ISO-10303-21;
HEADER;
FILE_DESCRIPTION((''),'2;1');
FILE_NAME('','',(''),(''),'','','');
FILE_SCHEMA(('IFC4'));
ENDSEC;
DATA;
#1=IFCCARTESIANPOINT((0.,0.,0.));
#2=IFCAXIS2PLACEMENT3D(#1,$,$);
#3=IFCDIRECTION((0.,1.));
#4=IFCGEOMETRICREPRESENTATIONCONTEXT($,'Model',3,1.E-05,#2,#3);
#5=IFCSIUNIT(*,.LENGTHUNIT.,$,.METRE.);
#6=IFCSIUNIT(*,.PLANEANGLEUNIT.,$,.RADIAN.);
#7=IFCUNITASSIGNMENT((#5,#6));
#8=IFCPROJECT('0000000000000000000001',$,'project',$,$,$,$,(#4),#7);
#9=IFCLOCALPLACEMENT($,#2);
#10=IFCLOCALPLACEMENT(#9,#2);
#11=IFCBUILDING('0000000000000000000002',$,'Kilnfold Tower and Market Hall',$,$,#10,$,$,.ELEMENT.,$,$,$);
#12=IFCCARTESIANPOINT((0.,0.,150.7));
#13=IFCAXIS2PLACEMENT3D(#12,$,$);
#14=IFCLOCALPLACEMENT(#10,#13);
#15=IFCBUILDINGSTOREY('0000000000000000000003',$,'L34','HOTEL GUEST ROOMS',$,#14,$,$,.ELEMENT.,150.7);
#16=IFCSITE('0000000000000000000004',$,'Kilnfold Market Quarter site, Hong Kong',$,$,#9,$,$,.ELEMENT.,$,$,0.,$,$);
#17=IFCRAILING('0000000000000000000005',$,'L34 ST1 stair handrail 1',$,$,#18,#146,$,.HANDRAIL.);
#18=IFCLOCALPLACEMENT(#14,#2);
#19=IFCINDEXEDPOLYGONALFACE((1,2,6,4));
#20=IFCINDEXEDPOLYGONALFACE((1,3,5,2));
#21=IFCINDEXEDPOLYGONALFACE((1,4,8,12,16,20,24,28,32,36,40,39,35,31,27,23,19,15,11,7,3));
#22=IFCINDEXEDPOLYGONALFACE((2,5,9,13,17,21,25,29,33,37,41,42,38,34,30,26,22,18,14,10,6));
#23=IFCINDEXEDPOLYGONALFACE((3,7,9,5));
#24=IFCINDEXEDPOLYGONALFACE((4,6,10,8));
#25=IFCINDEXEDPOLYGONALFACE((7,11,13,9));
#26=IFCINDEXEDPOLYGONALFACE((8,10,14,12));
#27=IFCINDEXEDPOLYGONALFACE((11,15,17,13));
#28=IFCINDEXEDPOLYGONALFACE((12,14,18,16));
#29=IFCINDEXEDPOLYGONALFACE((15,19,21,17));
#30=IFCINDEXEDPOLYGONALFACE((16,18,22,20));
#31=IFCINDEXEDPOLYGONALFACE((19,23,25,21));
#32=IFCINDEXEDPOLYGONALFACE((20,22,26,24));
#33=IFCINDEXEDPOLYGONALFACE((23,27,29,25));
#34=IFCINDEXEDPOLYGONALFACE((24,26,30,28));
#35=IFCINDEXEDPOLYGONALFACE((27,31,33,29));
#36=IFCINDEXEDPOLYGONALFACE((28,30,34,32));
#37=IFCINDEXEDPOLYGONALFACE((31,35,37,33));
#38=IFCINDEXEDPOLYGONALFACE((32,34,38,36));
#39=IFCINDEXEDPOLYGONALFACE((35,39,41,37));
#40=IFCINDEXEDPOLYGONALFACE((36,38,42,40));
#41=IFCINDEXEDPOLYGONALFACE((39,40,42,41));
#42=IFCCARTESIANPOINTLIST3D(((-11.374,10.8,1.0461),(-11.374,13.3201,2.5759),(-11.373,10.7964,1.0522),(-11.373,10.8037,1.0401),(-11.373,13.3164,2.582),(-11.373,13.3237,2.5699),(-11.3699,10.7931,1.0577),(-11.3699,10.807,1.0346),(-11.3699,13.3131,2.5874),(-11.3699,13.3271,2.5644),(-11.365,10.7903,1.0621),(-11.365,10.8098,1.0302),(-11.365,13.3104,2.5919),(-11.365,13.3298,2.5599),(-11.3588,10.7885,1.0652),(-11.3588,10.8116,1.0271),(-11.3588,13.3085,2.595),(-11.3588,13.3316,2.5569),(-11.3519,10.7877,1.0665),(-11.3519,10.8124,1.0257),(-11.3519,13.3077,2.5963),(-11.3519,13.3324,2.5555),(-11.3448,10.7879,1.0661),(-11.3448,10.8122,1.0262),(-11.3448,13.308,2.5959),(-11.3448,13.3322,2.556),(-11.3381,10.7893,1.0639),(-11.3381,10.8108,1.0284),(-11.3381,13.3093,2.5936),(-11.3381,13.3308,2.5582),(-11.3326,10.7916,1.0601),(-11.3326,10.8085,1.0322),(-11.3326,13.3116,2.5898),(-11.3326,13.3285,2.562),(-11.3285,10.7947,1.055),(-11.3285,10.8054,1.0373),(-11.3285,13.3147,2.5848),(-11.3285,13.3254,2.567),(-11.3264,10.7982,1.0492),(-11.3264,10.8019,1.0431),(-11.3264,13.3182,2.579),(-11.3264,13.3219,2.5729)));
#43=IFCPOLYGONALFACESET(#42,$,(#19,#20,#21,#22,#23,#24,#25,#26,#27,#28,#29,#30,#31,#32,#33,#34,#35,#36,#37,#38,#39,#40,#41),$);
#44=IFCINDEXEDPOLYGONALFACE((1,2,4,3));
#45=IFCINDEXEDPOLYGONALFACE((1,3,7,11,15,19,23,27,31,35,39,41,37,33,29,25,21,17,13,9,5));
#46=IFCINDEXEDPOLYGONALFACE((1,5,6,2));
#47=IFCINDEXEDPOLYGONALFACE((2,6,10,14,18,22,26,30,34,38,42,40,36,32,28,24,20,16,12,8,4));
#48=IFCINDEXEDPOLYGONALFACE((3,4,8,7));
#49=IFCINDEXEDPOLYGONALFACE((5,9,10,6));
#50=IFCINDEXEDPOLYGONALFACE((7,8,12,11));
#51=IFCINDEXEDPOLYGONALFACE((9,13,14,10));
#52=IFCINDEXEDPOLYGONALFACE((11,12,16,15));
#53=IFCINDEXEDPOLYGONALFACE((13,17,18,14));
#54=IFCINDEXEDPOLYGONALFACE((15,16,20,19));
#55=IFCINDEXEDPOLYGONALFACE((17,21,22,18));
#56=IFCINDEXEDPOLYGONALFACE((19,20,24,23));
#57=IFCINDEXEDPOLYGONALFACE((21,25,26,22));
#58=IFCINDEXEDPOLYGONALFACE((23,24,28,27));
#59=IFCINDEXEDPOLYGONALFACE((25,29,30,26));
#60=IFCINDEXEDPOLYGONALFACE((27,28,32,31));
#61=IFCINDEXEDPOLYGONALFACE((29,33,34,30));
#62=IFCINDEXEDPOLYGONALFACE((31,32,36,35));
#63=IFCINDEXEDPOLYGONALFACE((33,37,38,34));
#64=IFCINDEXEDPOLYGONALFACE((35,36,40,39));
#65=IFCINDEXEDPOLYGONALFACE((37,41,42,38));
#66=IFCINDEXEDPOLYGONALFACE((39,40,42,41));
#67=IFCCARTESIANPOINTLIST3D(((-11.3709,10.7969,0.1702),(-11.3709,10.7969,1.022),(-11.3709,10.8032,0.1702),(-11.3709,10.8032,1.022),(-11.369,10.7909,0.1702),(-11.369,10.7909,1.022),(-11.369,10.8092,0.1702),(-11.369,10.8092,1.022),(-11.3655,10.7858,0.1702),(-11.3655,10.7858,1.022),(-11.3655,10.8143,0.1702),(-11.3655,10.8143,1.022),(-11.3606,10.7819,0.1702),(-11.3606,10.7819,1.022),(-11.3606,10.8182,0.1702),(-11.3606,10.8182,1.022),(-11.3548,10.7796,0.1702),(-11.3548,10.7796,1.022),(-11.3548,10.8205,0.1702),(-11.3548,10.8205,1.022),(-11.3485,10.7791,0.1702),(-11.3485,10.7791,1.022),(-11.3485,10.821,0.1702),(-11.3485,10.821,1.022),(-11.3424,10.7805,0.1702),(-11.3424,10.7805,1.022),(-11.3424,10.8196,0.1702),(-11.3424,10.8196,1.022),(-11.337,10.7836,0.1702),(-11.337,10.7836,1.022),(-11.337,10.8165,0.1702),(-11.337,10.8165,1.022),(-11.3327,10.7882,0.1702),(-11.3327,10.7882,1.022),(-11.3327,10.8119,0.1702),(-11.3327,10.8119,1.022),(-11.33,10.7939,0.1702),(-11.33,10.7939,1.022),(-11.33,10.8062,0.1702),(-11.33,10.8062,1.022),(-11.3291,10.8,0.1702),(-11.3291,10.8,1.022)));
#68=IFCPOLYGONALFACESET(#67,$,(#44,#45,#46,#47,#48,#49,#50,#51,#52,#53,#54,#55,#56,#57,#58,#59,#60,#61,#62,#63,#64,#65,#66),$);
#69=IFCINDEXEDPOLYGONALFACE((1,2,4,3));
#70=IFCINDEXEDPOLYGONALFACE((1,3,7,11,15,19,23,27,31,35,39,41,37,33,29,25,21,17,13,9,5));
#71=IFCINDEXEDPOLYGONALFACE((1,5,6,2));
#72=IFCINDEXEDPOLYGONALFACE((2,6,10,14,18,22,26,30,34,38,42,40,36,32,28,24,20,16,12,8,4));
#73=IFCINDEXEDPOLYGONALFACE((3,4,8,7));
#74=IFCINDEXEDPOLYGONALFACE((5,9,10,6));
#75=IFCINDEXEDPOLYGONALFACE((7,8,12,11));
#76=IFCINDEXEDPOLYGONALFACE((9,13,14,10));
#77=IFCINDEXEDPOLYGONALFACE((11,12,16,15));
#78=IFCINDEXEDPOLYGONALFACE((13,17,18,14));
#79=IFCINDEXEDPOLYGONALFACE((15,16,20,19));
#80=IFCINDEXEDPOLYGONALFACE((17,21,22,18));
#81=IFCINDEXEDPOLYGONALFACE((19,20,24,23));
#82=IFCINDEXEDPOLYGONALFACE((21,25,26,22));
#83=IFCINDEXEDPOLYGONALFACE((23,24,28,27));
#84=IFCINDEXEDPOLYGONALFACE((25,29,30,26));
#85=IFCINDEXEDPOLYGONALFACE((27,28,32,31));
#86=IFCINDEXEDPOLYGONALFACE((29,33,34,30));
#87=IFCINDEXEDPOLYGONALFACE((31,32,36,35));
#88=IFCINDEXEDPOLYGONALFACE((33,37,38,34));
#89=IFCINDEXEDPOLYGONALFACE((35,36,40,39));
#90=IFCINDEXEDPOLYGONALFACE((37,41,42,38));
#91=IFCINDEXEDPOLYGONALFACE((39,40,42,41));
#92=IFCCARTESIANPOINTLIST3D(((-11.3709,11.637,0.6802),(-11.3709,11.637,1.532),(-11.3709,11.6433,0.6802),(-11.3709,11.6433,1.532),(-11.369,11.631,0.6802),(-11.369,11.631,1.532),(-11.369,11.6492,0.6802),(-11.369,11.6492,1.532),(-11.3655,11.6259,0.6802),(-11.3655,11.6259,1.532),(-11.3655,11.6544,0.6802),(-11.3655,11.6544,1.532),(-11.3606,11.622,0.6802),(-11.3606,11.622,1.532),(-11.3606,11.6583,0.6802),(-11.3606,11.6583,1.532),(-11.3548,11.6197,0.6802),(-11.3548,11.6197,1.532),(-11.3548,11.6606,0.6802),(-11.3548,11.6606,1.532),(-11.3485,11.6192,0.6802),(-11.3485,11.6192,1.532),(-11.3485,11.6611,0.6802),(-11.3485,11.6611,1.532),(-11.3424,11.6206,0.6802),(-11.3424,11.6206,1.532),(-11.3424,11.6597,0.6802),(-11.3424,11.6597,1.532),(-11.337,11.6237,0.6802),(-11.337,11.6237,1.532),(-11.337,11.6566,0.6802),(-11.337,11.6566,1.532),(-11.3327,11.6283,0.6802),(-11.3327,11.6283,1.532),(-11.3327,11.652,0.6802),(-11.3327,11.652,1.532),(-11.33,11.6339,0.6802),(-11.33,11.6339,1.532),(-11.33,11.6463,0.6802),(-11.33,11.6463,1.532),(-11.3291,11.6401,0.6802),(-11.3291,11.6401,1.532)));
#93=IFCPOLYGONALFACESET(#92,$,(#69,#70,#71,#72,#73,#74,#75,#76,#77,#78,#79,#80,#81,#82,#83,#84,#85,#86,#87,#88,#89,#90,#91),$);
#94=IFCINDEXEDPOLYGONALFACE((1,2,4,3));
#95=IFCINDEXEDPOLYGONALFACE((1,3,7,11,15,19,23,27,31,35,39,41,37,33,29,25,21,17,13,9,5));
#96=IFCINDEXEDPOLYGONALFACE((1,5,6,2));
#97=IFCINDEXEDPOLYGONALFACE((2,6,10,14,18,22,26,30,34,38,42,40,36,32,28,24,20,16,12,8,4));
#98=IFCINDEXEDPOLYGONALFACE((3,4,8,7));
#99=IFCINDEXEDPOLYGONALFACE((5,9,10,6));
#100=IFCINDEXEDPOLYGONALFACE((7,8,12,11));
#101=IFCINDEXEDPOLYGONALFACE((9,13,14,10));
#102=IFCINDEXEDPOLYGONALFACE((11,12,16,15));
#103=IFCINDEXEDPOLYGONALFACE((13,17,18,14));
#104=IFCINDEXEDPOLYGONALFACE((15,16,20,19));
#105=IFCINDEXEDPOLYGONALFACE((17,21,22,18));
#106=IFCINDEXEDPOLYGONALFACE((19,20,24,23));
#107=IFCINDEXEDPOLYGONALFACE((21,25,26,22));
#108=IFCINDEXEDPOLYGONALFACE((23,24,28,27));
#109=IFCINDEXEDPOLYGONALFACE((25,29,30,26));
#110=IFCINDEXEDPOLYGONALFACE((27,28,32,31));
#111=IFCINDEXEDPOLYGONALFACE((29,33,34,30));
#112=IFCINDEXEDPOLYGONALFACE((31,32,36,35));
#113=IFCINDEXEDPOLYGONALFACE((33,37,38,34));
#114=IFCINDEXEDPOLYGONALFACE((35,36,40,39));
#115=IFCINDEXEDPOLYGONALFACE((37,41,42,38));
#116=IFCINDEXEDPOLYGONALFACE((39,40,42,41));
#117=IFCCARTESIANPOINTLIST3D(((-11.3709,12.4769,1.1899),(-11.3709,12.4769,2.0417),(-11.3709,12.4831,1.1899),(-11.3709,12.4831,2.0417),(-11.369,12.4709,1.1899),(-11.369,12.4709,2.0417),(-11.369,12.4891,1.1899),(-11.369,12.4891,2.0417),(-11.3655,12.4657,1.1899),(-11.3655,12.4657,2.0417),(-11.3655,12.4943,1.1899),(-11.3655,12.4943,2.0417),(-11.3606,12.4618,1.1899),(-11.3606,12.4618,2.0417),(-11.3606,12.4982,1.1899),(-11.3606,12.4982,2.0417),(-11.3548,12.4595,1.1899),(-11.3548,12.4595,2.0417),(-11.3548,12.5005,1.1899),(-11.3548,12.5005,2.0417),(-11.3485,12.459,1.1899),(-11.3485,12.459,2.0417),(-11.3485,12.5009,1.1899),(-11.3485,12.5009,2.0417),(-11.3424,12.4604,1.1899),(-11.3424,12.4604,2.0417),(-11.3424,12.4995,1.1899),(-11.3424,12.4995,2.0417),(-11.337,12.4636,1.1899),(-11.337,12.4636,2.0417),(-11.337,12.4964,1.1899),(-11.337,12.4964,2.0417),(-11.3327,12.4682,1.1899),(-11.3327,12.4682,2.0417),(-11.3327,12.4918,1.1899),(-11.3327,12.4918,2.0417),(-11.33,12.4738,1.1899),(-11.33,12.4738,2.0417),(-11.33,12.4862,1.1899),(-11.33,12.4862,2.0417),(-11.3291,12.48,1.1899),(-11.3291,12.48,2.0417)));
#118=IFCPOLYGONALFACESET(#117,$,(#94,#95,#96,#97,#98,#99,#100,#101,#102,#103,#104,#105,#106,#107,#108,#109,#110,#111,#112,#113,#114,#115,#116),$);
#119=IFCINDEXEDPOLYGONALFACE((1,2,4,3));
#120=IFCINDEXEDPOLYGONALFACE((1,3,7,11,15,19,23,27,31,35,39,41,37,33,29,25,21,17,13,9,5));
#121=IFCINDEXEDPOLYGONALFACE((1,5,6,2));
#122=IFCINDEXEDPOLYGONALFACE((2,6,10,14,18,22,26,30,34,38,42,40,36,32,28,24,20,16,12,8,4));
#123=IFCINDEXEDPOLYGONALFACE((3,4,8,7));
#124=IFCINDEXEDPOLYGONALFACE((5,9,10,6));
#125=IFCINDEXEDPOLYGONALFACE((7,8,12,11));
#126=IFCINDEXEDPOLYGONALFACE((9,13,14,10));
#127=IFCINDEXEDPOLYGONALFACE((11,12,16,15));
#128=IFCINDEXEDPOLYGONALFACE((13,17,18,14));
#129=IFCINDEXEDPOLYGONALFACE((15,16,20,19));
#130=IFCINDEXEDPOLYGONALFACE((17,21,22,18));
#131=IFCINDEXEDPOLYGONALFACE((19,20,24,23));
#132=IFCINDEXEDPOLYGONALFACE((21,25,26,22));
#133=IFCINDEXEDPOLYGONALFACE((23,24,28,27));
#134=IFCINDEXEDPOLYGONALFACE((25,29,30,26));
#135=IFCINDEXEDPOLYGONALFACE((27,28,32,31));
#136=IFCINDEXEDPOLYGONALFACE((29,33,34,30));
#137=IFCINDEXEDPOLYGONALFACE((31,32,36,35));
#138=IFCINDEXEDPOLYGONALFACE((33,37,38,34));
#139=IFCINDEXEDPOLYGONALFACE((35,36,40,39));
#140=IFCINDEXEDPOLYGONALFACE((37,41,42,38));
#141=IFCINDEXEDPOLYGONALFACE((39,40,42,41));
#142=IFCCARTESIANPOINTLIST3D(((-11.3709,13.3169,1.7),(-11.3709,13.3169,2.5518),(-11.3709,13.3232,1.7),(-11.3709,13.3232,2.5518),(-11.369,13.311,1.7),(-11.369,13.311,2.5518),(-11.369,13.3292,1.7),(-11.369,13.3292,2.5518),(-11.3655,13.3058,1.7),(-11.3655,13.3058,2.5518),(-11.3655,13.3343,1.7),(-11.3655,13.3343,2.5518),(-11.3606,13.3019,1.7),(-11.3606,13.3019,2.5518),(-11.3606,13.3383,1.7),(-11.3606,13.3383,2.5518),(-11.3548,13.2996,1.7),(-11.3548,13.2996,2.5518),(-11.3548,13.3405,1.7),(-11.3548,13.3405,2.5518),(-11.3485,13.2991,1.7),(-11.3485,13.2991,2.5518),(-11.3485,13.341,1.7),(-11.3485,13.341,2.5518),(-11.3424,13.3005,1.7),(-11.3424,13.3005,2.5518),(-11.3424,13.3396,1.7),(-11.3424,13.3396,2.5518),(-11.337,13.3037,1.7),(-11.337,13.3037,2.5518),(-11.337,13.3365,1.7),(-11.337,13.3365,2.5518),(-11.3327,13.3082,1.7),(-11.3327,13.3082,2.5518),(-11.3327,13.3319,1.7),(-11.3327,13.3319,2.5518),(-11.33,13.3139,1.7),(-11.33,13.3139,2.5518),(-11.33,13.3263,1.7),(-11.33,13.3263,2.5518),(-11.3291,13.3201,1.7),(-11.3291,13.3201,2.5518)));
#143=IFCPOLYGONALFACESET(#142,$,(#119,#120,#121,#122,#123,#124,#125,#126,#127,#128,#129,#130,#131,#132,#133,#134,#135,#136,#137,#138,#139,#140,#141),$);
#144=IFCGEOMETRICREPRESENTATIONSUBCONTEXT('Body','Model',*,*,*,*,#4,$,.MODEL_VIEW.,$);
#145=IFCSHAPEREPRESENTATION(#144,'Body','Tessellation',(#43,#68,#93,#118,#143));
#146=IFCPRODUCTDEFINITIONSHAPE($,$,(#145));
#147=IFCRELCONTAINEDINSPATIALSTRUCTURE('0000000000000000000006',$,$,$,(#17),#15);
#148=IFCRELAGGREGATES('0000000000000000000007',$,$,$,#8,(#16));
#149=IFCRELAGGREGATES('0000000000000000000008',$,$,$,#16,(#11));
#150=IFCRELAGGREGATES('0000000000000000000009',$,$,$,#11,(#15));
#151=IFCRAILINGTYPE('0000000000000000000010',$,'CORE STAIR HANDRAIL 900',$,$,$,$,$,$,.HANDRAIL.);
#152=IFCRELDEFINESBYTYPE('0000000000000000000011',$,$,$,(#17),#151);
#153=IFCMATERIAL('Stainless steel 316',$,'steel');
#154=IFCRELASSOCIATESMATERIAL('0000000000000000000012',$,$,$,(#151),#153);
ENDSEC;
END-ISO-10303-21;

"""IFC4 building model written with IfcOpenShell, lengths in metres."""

from ifc_helpers import new_model, si_unit, direction, frame, origin, origin_2d, place, context, subcontext, project, spatial, circle, extrude, material, type_object, element, save


model = new_model("IFC4")

# Units and contexts
model_context = context("Model", 3, precision=1e-05, world=origin(), true_north=direction((0.0, 1.0)))
body_context = subcontext(model_context, "Body", "Model", "MODEL_VIEW")
ifc_project = project(units=[si_unit("LENGTHUNIT", "METRE"), si_unit("PLANEANGLEUNIT", "RADIAN")], contexts=[model_context])

# Site, building, storey
site_placement = place(None, origin())
site = spatial("IfcSite", under=ifc_project, at=site_placement, Name="Kilnfold Market Quarter site, Hong Kong", CompositionType="ELEMENT", RefElevation=0.0)
building_placement = place(site_placement, origin())
building = spatial("IfcBuilding", under=site, at=building_placement, Name="Kilnfold Tower and Market Hall", CompositionType="ELEMENT")
storey_placement = place(building_placement, frame((0.0, 0.0, 150.7)))
storey = spatial("IfcBuildingStorey", under=building, at=storey_placement, Name="L34", Description="HOTEL GUEST ROOMS", CompositionType="ELEMENT", Elevation=150.7)

# Railing
ifc_material_1 = material(Name="Stainless steel 316", Category="steel")
railing_type_1 = type_object("IfcRailingType", Name="CORE STAIR HANDRAIL 900", PredefinedType="HANDRAIL", material=ifc_material_1)
railing_1_placement = place(storey_placement, frame((-11.3501, 10.8, 0.1702)))
element("IfcRailing", 1, at=railing_1_placement, inside=storey, type_object=railing_type_1, Name="L34 ST1 stair handrail 1", PredefinedType="HANDRAIL", context=body_context, shape_type="SweptSolid", body=[
    extrude(circle(Radius=0.0239, at=origin_2d()), frame((0.0, 0.0, 0.876), z_axis=(0.0, 0.854822, 0.518922), x_axis=(-1.0, 0.0, 0.0)), (0.0, 0.0, 1.0), 2.948),
    extrude(circle(Radius=0.021, at=origin_2d()), origin(), (0.0, 0.0, 1.0), 0.8518),
    extrude(circle(Radius=0.021, at=origin_2d()), frame((0.0, 0.8401, 0.51)), (0.0, 0.0, 1.0), 0.8518),
    extrude(circle(Radius=0.021, at=origin_2d()), frame((0.0, 1.6799, 1.0198)), (0.0, 0.0, 1.0), 0.8518),
    extrude(circle(Radius=0.021, at=origin_2d()), frame((0.0, 2.52, 1.5298)), (0.0, 0.0, 1.0), 0.8518),
])

save(model, "model.ifc")
